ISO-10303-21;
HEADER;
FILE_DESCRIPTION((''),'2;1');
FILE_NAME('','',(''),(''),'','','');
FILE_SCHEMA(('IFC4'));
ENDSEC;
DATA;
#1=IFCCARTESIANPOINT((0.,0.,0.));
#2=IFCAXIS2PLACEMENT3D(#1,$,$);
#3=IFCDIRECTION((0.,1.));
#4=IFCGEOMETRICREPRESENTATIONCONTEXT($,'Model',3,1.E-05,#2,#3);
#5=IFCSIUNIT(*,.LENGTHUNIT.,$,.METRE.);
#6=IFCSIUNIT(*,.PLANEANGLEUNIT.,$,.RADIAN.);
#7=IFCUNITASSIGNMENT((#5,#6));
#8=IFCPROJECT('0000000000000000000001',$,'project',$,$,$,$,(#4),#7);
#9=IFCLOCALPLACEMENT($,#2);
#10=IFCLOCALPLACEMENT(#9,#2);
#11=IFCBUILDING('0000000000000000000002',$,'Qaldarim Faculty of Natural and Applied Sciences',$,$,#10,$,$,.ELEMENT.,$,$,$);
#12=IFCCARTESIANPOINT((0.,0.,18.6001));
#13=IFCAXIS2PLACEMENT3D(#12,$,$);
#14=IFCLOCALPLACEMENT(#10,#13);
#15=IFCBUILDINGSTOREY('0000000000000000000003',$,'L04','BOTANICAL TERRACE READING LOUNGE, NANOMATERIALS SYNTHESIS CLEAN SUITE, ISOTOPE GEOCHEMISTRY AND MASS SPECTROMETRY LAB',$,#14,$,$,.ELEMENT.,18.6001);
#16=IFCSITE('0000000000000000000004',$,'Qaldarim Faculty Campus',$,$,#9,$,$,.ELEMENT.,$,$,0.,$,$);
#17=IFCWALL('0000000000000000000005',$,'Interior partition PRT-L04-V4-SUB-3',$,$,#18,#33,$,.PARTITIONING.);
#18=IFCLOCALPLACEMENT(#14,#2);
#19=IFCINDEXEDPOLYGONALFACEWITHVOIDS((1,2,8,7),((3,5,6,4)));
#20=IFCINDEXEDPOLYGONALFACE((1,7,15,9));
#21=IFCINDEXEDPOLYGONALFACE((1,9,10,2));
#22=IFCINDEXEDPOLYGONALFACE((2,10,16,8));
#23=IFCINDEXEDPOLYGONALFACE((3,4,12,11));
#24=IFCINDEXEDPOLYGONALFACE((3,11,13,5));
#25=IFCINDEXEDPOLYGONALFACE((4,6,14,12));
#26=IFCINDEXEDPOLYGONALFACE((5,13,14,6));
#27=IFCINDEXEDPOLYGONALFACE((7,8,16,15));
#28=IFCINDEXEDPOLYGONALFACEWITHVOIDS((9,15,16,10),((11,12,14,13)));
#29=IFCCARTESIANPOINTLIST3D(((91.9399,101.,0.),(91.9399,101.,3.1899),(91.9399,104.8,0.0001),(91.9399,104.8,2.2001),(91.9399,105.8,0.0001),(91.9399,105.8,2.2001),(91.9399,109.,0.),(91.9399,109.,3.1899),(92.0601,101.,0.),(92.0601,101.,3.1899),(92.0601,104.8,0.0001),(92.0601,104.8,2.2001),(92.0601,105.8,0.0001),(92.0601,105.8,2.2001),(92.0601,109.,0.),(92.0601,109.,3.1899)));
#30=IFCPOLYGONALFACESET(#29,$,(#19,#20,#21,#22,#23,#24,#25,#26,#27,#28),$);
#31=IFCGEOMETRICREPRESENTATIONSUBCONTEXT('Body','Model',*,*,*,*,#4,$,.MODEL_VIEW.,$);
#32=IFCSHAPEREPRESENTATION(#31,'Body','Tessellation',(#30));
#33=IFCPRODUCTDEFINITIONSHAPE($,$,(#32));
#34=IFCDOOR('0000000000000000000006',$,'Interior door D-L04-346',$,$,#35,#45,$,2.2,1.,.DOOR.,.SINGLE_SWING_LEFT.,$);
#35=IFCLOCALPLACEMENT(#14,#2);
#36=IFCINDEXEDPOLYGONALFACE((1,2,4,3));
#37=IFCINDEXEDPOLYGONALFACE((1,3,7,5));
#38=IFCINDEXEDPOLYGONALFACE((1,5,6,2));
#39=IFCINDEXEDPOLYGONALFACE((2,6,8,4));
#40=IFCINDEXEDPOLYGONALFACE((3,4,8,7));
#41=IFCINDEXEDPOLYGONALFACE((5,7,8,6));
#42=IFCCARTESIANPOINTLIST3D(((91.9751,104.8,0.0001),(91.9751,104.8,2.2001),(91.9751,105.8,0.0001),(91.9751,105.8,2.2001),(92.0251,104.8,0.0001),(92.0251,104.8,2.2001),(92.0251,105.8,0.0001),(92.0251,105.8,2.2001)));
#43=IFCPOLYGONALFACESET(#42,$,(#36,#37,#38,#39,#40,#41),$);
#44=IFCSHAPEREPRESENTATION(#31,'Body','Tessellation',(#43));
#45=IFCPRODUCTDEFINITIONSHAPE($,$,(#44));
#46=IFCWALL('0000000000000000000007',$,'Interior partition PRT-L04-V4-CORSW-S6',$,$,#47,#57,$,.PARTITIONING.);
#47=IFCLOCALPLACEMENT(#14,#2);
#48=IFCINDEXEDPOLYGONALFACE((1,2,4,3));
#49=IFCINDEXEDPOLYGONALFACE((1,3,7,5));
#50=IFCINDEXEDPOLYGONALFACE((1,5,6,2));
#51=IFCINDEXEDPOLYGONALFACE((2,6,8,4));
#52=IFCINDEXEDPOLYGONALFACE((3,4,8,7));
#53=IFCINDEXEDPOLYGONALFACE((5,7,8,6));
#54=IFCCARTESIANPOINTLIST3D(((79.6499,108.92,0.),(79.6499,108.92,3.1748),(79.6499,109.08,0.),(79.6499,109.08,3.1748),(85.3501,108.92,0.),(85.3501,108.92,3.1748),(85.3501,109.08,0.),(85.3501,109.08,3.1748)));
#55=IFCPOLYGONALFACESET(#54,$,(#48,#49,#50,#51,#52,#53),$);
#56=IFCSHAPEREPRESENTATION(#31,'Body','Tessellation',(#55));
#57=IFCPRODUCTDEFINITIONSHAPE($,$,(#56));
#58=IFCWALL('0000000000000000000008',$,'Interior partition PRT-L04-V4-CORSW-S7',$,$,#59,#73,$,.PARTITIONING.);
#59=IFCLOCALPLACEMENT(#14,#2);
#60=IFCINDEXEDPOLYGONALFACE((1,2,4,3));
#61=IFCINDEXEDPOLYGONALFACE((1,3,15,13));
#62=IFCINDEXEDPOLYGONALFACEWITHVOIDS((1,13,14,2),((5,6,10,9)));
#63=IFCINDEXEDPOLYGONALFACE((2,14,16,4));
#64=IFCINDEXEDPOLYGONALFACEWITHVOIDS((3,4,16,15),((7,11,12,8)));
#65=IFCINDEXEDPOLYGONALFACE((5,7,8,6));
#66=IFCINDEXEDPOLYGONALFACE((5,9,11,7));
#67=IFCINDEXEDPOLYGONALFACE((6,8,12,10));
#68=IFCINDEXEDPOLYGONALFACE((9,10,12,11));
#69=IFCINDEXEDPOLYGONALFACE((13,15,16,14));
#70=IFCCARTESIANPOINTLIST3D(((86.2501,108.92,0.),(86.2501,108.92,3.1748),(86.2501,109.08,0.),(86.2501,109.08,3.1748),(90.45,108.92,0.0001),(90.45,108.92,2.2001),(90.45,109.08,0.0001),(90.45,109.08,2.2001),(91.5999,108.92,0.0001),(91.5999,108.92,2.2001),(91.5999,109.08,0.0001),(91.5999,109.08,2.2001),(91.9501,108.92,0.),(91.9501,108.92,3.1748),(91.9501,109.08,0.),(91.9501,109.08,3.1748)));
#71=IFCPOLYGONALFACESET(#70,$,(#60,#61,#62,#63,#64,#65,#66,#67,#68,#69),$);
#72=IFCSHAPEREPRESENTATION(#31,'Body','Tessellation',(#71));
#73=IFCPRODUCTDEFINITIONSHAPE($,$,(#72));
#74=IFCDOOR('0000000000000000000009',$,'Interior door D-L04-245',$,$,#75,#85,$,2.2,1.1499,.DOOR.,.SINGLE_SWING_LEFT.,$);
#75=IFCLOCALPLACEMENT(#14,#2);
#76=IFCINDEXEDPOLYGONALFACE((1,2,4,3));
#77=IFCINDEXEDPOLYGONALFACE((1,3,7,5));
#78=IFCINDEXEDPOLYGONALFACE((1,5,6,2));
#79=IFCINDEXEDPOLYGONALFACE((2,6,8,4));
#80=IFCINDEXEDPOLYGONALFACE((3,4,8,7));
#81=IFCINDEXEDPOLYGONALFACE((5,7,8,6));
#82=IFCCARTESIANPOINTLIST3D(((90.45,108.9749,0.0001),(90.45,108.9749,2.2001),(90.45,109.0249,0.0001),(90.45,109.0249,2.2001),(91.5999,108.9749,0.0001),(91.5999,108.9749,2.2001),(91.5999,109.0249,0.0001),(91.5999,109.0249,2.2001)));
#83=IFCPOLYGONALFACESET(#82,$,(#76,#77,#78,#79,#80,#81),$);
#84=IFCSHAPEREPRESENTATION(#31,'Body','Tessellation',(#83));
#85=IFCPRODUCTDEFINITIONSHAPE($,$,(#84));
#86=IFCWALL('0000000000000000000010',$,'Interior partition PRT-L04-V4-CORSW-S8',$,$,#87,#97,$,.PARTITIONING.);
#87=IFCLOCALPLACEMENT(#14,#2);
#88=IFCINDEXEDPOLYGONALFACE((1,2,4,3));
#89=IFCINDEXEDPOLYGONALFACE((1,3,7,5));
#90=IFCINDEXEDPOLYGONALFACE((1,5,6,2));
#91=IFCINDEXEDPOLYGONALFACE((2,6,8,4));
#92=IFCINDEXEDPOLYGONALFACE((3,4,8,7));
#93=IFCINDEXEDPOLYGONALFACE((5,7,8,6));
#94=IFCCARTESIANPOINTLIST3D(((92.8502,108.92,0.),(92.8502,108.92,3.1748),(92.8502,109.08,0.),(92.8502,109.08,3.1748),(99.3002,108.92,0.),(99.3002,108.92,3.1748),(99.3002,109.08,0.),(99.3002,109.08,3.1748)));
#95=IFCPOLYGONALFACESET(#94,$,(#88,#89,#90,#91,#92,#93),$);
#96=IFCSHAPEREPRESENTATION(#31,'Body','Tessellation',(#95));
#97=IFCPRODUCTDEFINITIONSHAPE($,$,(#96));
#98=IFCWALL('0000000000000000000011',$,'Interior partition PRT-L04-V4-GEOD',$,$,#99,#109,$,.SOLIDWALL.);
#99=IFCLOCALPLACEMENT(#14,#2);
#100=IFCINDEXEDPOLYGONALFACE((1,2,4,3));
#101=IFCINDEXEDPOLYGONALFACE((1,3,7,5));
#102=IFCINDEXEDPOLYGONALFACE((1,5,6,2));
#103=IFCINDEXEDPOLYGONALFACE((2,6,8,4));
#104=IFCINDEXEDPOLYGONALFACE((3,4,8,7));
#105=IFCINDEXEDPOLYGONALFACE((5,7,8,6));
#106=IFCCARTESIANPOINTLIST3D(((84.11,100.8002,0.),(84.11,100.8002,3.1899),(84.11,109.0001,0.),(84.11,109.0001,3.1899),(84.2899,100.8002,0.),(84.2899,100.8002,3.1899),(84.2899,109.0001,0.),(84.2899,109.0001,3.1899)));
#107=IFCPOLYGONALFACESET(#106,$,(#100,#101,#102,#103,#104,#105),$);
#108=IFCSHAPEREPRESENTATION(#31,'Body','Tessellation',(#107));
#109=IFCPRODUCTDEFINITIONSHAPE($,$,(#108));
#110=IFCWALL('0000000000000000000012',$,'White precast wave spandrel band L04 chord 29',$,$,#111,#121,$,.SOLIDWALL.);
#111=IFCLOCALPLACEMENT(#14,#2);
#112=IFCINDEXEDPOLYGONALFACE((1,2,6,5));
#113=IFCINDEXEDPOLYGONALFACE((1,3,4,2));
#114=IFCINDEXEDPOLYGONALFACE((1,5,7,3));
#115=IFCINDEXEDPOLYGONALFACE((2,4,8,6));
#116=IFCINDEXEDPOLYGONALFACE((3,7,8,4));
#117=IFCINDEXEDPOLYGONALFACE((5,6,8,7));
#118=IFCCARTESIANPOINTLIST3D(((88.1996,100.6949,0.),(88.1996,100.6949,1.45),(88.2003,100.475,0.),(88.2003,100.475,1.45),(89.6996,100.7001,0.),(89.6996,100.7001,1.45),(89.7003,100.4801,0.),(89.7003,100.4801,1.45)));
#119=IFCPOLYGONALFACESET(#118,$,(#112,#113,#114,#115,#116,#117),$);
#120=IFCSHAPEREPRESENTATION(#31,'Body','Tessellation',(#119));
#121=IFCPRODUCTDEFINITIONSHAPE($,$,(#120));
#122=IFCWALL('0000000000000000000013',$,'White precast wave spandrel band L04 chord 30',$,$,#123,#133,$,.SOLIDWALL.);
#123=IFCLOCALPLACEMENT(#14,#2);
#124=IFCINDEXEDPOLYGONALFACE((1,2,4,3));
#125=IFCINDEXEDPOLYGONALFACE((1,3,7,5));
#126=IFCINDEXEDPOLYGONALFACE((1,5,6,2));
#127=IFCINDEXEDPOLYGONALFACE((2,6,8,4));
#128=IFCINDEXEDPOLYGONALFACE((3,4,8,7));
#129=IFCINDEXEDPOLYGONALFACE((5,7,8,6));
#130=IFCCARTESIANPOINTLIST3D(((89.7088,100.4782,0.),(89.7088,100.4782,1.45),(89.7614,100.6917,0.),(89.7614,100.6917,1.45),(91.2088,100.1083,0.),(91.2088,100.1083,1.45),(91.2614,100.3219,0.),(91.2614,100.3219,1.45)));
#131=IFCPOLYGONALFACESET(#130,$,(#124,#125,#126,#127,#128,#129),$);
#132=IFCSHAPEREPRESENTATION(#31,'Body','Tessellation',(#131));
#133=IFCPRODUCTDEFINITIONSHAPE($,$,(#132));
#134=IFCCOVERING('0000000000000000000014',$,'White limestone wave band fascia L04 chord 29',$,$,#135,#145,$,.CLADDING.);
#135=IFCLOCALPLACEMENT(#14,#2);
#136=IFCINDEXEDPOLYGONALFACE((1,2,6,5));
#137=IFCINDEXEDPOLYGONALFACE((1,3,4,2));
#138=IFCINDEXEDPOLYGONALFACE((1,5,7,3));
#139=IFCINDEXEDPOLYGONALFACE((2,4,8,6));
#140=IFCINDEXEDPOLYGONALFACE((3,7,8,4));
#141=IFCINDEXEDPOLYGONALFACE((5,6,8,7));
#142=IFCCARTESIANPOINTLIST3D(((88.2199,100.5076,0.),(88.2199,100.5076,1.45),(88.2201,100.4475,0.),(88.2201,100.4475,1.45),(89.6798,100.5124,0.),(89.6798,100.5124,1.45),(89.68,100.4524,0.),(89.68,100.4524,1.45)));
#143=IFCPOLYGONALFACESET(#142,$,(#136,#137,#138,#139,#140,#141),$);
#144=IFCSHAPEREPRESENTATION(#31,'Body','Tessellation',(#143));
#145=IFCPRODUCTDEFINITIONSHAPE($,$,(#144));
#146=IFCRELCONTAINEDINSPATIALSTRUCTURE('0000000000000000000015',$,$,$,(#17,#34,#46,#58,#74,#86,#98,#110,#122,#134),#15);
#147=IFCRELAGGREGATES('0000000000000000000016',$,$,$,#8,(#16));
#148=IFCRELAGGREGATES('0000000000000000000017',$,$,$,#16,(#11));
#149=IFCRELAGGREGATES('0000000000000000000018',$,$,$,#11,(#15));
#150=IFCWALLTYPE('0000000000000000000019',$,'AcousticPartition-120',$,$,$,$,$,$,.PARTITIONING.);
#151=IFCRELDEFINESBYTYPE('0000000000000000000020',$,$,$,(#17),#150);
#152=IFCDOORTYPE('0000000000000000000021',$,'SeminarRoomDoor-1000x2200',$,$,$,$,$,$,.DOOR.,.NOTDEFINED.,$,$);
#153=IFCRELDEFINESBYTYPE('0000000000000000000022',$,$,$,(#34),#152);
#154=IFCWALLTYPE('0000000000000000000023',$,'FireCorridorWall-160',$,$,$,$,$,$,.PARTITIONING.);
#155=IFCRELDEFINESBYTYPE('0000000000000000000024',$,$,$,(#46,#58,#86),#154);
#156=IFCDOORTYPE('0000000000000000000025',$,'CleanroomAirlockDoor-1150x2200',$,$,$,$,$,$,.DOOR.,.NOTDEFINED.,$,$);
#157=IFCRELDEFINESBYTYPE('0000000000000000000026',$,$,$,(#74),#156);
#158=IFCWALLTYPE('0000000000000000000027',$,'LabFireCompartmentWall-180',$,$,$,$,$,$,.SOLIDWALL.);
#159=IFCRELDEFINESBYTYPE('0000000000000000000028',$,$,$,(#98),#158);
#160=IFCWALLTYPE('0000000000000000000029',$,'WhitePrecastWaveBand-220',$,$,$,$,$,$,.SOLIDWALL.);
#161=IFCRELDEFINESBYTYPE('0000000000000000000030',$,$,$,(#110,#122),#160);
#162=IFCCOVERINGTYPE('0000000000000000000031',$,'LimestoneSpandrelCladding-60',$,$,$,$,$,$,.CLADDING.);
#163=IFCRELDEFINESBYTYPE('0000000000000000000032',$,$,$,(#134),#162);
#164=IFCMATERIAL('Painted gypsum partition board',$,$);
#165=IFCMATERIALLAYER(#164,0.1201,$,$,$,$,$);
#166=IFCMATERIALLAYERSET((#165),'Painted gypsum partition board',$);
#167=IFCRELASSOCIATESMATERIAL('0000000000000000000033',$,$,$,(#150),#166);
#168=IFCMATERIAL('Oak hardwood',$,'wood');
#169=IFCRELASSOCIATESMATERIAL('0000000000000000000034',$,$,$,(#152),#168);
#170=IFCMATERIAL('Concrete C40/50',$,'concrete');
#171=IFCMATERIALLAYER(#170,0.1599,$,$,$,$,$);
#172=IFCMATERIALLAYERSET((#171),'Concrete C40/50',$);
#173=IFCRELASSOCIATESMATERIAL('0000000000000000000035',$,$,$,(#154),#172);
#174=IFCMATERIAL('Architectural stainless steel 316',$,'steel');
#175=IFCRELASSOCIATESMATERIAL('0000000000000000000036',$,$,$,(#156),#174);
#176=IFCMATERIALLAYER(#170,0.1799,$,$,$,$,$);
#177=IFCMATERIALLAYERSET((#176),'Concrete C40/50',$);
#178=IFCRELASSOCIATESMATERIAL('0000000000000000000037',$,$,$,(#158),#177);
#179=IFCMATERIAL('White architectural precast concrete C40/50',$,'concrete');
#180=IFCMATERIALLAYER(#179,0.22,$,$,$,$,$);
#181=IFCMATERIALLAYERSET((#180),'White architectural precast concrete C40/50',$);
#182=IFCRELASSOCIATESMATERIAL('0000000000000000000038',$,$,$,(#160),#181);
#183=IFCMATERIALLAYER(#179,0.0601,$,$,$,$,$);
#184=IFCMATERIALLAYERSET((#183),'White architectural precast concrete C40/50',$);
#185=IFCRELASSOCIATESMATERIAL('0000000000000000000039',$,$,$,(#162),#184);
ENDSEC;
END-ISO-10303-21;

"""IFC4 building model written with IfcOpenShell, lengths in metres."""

from ifc_helpers import new_model, si_unit, direction, frame, frame_2d, origin, origin_2d, place, context, subcontext, project, spatial, rectangle, extrude, material, layer, layer_set, type_object, element, fill, save


model = new_model("IFC4")

# Units and contexts
model_context = context("Model", 3, precision=1e-05, world=origin(), true_north=direction((0.0, 1.0)))
body_context = subcontext(model_context, "Body", "Model", "MODEL_VIEW")
ifc_project = project(units=[si_unit("LENGTHUNIT", "METRE"), si_unit("PLANEANGLEUNIT", "RADIAN")], contexts=[model_context])

# Site, building, storey
site_placement = place(None, origin())
site = spatial("IfcSite", under=ifc_project, at=site_placement, Name="Qaldarim Faculty Campus", CompositionType="ELEMENT", RefElevation=0.0)
building_placement = place(site_placement, origin())
building = spatial("IfcBuilding", under=site, at=building_placement, Name="Qaldarim Faculty of Natural and Applied Sciences", CompositionType="ELEMENT")
storey_placement = place(building_placement, frame((0.0, 0.0, 18.6001)))
storey = spatial("IfcBuildingStorey", under=building, at=storey_placement, Name="L04", Description="BOTANICAL TERRACE READING LOUNGE, NANOMATERIALS SYNTHESIS CLEAN SUITE, ISOTOPE GEOCHEMISTRY AND MASS SPECTROMETRY LAB", CompositionType="ELEMENT", Elevation=18.6001)

# Shared definitions
ifc_material_1 = material(Name="Concrete C40/50", Category="concrete")

# Wall, opening, door
ifc_material_2 = material(Name="Painted gypsum partition board")
ifc_layer_1 = layer(ifc_material_2, 0.1201)
ifc_layer_set_1 = layer_set([ifc_layer_1], Name="Painted gypsum partition board")
wall_type_1 = type_object("IfcWallType", Name="AcousticPartition-120", PredefinedType="PARTITIONING", material=ifc_layer_set_1)
wall_1_placement = place(storey_placement, frame((92.0, 101.0, 0.0), z_axis=(0.0, 0.0, 1.0), x_axis=(0.0, 1.0, 0.0)))
wall_1 = element("IfcWall", 1, at=wall_1_placement, inside=storey, type_object=wall_type_1, Name="Interior partition PRT-L04-V4-SUB-3", PredefinedType="PARTITIONING", context=body_context, shape_type="SweptSolid", body=[
    extrude(rectangle(XDim=8.0, YDim=0.1201, at=frame_2d((4.0, 0.0))), origin(), (0.0, 0.0, 1.0), 3.1899),
])
opening_1_placement = place(wall_1_placement, frame((3.8, 0.0, 0.0)))
opening_1 = element("IfcOpeningElement", 2, at=opening_1_placement, cuts=wall_1, PredefinedType="OPENING", context=body_context, shape_type="SweptSolid", body=[
    extrude(rectangle(XDim=1.0, YDim=2.2, at=frame_2d((0.5, 1.1001))), frame((0.0, 0.0701, 0.0), z_axis=(0.0, -1.0, 0.0), x_axis=(1.0, 0.0, 0.0)), (0.0, 0.0, 1.0), 0.1401),
])
ifc_material_3 = material(Name="Oak hardwood", Category="wood")
door_type_1 = type_object("IfcDoorType", Name="SeminarRoomDoor-1000x2200", OperationType="NOTDEFINED", PredefinedType="DOOR", material=ifc_material_3)
door_1_placement = place(opening_1_placement, origin())
door_1 = element("IfcDoor", 3, at=door_1_placement, inside=storey, type_object=door_type_1, Name="Interior door D-L04-346", OperationType="SINGLE_SWING_LEFT", OverallHeight=2.2, OverallWidth=1.0, PredefinedType="DOOR", context=body_context, shape_type="SweptSolid", body=[
    extrude(rectangle(XDim=1.0, YDim=2.2, at=frame_2d((0.5, 1.1001))), frame((0.0, 0.0249, 0.0), z_axis=(0.0, -1.0, 0.0), x_axis=(1.0, 0.0, 0.0)), (0.0, 0.0, 1.0), 0.05),
])
fill(opening_1, door_1)

# Wall
ifc_layer_2 = layer(ifc_material_1, 0.1599)
ifc_layer_set_2 = layer_set([ifc_layer_2], Name="Concrete C40/50")
wall_type_2 = type_object("IfcWallType", Name="FireCorridorWall-160", PredefinedType="PARTITIONING", material=ifc_layer_set_2)
wall_2_placement = place(storey_placement, frame((79.6499, 109.0, 0.0), z_axis=(0.0, 0.0, 1.0), x_axis=(1.0, 0.0, 0.0)))
element("IfcWall", 4, at=wall_2_placement, inside=storey, type_object=wall_type_2, Name="Interior partition PRT-L04-V4-CORSW-S6", PredefinedType="PARTITIONING", context=body_context, shape_type="SweptSolid", body=[
    extrude(rectangle(XDim=5.7002, YDim=0.1599, at=frame_2d((2.8501, 0.0))), origin(), (0.0, 0.0, 1.0), 3.1748),
])

# Wall, opening, door
wall_3_placement = place(storey_placement, frame((86.25, 109.0, 0.0), z_axis=(0.0, 0.0, 1.0), x_axis=(1.0, 0.0, 0.0)))
wall_3 = element("IfcWall", 5, at=wall_3_placement, inside=storey, type_object=wall_type_2, Name="Interior partition PRT-L04-V4-CORSW-S7", PredefinedType="PARTITIONING", context=body_context, shape_type="SweptSolid", body=[
    extrude(rectangle(XDim=5.7, YDim=0.1599, at=frame_2d((2.8501, 0.0))), origin(), (0.0, 0.0, 1.0), 3.1748),
])
opening_2_placement = place(wall_3_placement, frame((4.2, 0.0, 0.0)))
opening_2 = element("IfcOpeningElement", 6, at=opening_2_placement, cuts=wall_3, PredefinedType="OPENING", context=body_context, shape_type="SweptSolid", body=[
    extrude(rectangle(XDim=1.1499, YDim=2.2, at=frame_2d((0.575, 1.1001))), frame((0.0, 0.0898, 0.0), z_axis=(0.0, -1.0, 0.0), x_axis=(1.0, 0.0, 0.0)), (0.0, 0.0, 1.0), 0.1799),
])
ifc_material_4 = material(Name="Architectural stainless steel 316", Category="steel")
door_type_2 = type_object("IfcDoorType", Name="CleanroomAirlockDoor-1150x2200", OperationType="NOTDEFINED", PredefinedType="DOOR", material=ifc_material_4)
door_2_placement = place(opening_2_placement, origin())
door_2 = element("IfcDoor", 7, at=door_2_placement, inside=storey, type_object=door_type_2, Name="Interior door D-L04-245", OperationType="SINGLE_SWING_LEFT", OverallHeight=2.2, OverallWidth=1.1499, PredefinedType="DOOR", context=body_context, shape_type="SweptSolid", body=[
    extrude(rectangle(XDim=1.1499, YDim=2.2, at=frame_2d((0.575, 1.1001))), frame((0.0, 0.0249, 0.0), z_axis=(0.0, -1.0, 0.0), x_axis=(1.0, 0.0, 0.0)), (0.0, 0.0, 1.0), 0.05),
])
fill(opening_2, door_2)

# Walls
wall_4_placement = place(storey_placement, frame((92.8501, 109.0, 0.0), z_axis=(0.0, 0.0, 1.0), x_axis=(1.0, 0.0, 0.0)))
element("IfcWall", 8, at=wall_4_placement, inside=storey, type_object=wall_type_2, Name="Interior partition PRT-L04-V4-CORSW-S8", PredefinedType="PARTITIONING", context=body_context, shape_type="SweptSolid", body=[
    extrude(rectangle(XDim=6.45, YDim=0.1599, at=frame_2d((3.2251, 0.0))), origin(), (0.0, 0.0, 1.0), 3.1748),
])
ifc_layer_3 = layer(ifc_material_1, 0.1799)
ifc_layer_set_3 = layer_set([ifc_layer_3], Name="Concrete C40/50")
wall_type_3 = type_object("IfcWallType", Name="LabFireCompartmentWall-180", PredefinedType="SOLIDWALL", material=ifc_layer_set_3)
wall_5_placement = place(storey_placement, frame((84.2, 100.8, 0.0), z_axis=(0.0, 0.0, 1.0), x_axis=(0.0, 1.0, 0.0)))
element("IfcWall", 9, at=wall_5_placement, inside=storey, type_object=wall_type_3, Name="Interior partition PRT-L04-V4-GEOD", PredefinedType="SOLIDWALL", context=body_context, shape_type="SweptSolid", body=[
    extrude(rectangle(XDim=8.2, YDim=0.1799, at=frame_2d((4.1001, 0.0))), origin(), (0.0, 0.0, 1.0), 3.1899),
])
ifc_material_5 = material(Name="White architectural precast concrete C40/50", Category="concrete")
ifc_layer_4 = layer(ifc_material_5, 0.22)
ifc_layer_set_4 = layer_set([ifc_layer_4], Name="White architectural precast concrete C40/50")
wall_type_4 = type_object("IfcWallType", Name="WhitePrecastWaveBand-220", PredefinedType="SOLIDWALL", material=ifc_layer_set_4)
wall_6_placement = place(storey_placement, frame((88.2, 100.585, 0.0), z_axis=(0.0, 0.0, 1.0), x_axis=(0.999994, 0.003418, 0.0)))
element("IfcWall", 10, at=wall_6_placement, inside=storey, type_object=wall_type_4, Name="White precast wave spandrel band L04 chord 29", PredefinedType="SOLIDWALL", context=body_context, shape_type="SweptSolid", body=[
    extrude(rectangle(XDim=1.5, YDim=0.22, at=frame_2d((0.75, 0.0))), origin(), (0.0, 0.0, 1.0), 1.45),
])
wall_7_placement = place(storey_placement, frame((89.7351, 100.585, 0.0), z_axis=(0.0, 0.0, 1.0), x_axis=(0.970918, -0.239411, 0.0)))
element("IfcWall", 11, at=wall_7_placement, inside=storey, type_object=wall_type_4, Name="White precast wave spandrel band L04 chord 30", PredefinedType="SOLIDWALL", context=body_context, shape_type="SweptSolid", body=[
    extrude(rectangle(XDim=1.5449, YDim=0.22, at=frame_2d((0.7725, 0.0))), origin(), (0.0, 0.0, 1.0), 1.45),
])

# Covering
ifc_layer_5 = layer(ifc_material_5, 0.0601)
ifc_layer_set_5 = layer_set([ifc_layer_5], Name="White architectural precast concrete C40/50")
covering_type = type_object("IfcCoveringType", Name="LimestoneSpandrelCladding-60", PredefinedType="CLADDING", material=ifc_layer_set_5)
covering_placement = place(storey_placement, frame((88.95, 100.48, 0.0), z_axis=(0.0, 0.0, 1.0), x_axis=(0.999994, 0.003334, 0.0)))
element("IfcCovering", 12, at=covering_placement, inside=storey, type_object=covering_type, Name="White limestone wave band fascia L04 chord 29", PredefinedType="CLADDING", context=body_context, shape_type="SweptSolid", body=[
    extrude(rectangle(XDim=1.46, YDim=0.0601, at=origin_2d()), origin(), (0.0, 0.0, 1.0), 1.45),
])

save(model, "model.ifc")
